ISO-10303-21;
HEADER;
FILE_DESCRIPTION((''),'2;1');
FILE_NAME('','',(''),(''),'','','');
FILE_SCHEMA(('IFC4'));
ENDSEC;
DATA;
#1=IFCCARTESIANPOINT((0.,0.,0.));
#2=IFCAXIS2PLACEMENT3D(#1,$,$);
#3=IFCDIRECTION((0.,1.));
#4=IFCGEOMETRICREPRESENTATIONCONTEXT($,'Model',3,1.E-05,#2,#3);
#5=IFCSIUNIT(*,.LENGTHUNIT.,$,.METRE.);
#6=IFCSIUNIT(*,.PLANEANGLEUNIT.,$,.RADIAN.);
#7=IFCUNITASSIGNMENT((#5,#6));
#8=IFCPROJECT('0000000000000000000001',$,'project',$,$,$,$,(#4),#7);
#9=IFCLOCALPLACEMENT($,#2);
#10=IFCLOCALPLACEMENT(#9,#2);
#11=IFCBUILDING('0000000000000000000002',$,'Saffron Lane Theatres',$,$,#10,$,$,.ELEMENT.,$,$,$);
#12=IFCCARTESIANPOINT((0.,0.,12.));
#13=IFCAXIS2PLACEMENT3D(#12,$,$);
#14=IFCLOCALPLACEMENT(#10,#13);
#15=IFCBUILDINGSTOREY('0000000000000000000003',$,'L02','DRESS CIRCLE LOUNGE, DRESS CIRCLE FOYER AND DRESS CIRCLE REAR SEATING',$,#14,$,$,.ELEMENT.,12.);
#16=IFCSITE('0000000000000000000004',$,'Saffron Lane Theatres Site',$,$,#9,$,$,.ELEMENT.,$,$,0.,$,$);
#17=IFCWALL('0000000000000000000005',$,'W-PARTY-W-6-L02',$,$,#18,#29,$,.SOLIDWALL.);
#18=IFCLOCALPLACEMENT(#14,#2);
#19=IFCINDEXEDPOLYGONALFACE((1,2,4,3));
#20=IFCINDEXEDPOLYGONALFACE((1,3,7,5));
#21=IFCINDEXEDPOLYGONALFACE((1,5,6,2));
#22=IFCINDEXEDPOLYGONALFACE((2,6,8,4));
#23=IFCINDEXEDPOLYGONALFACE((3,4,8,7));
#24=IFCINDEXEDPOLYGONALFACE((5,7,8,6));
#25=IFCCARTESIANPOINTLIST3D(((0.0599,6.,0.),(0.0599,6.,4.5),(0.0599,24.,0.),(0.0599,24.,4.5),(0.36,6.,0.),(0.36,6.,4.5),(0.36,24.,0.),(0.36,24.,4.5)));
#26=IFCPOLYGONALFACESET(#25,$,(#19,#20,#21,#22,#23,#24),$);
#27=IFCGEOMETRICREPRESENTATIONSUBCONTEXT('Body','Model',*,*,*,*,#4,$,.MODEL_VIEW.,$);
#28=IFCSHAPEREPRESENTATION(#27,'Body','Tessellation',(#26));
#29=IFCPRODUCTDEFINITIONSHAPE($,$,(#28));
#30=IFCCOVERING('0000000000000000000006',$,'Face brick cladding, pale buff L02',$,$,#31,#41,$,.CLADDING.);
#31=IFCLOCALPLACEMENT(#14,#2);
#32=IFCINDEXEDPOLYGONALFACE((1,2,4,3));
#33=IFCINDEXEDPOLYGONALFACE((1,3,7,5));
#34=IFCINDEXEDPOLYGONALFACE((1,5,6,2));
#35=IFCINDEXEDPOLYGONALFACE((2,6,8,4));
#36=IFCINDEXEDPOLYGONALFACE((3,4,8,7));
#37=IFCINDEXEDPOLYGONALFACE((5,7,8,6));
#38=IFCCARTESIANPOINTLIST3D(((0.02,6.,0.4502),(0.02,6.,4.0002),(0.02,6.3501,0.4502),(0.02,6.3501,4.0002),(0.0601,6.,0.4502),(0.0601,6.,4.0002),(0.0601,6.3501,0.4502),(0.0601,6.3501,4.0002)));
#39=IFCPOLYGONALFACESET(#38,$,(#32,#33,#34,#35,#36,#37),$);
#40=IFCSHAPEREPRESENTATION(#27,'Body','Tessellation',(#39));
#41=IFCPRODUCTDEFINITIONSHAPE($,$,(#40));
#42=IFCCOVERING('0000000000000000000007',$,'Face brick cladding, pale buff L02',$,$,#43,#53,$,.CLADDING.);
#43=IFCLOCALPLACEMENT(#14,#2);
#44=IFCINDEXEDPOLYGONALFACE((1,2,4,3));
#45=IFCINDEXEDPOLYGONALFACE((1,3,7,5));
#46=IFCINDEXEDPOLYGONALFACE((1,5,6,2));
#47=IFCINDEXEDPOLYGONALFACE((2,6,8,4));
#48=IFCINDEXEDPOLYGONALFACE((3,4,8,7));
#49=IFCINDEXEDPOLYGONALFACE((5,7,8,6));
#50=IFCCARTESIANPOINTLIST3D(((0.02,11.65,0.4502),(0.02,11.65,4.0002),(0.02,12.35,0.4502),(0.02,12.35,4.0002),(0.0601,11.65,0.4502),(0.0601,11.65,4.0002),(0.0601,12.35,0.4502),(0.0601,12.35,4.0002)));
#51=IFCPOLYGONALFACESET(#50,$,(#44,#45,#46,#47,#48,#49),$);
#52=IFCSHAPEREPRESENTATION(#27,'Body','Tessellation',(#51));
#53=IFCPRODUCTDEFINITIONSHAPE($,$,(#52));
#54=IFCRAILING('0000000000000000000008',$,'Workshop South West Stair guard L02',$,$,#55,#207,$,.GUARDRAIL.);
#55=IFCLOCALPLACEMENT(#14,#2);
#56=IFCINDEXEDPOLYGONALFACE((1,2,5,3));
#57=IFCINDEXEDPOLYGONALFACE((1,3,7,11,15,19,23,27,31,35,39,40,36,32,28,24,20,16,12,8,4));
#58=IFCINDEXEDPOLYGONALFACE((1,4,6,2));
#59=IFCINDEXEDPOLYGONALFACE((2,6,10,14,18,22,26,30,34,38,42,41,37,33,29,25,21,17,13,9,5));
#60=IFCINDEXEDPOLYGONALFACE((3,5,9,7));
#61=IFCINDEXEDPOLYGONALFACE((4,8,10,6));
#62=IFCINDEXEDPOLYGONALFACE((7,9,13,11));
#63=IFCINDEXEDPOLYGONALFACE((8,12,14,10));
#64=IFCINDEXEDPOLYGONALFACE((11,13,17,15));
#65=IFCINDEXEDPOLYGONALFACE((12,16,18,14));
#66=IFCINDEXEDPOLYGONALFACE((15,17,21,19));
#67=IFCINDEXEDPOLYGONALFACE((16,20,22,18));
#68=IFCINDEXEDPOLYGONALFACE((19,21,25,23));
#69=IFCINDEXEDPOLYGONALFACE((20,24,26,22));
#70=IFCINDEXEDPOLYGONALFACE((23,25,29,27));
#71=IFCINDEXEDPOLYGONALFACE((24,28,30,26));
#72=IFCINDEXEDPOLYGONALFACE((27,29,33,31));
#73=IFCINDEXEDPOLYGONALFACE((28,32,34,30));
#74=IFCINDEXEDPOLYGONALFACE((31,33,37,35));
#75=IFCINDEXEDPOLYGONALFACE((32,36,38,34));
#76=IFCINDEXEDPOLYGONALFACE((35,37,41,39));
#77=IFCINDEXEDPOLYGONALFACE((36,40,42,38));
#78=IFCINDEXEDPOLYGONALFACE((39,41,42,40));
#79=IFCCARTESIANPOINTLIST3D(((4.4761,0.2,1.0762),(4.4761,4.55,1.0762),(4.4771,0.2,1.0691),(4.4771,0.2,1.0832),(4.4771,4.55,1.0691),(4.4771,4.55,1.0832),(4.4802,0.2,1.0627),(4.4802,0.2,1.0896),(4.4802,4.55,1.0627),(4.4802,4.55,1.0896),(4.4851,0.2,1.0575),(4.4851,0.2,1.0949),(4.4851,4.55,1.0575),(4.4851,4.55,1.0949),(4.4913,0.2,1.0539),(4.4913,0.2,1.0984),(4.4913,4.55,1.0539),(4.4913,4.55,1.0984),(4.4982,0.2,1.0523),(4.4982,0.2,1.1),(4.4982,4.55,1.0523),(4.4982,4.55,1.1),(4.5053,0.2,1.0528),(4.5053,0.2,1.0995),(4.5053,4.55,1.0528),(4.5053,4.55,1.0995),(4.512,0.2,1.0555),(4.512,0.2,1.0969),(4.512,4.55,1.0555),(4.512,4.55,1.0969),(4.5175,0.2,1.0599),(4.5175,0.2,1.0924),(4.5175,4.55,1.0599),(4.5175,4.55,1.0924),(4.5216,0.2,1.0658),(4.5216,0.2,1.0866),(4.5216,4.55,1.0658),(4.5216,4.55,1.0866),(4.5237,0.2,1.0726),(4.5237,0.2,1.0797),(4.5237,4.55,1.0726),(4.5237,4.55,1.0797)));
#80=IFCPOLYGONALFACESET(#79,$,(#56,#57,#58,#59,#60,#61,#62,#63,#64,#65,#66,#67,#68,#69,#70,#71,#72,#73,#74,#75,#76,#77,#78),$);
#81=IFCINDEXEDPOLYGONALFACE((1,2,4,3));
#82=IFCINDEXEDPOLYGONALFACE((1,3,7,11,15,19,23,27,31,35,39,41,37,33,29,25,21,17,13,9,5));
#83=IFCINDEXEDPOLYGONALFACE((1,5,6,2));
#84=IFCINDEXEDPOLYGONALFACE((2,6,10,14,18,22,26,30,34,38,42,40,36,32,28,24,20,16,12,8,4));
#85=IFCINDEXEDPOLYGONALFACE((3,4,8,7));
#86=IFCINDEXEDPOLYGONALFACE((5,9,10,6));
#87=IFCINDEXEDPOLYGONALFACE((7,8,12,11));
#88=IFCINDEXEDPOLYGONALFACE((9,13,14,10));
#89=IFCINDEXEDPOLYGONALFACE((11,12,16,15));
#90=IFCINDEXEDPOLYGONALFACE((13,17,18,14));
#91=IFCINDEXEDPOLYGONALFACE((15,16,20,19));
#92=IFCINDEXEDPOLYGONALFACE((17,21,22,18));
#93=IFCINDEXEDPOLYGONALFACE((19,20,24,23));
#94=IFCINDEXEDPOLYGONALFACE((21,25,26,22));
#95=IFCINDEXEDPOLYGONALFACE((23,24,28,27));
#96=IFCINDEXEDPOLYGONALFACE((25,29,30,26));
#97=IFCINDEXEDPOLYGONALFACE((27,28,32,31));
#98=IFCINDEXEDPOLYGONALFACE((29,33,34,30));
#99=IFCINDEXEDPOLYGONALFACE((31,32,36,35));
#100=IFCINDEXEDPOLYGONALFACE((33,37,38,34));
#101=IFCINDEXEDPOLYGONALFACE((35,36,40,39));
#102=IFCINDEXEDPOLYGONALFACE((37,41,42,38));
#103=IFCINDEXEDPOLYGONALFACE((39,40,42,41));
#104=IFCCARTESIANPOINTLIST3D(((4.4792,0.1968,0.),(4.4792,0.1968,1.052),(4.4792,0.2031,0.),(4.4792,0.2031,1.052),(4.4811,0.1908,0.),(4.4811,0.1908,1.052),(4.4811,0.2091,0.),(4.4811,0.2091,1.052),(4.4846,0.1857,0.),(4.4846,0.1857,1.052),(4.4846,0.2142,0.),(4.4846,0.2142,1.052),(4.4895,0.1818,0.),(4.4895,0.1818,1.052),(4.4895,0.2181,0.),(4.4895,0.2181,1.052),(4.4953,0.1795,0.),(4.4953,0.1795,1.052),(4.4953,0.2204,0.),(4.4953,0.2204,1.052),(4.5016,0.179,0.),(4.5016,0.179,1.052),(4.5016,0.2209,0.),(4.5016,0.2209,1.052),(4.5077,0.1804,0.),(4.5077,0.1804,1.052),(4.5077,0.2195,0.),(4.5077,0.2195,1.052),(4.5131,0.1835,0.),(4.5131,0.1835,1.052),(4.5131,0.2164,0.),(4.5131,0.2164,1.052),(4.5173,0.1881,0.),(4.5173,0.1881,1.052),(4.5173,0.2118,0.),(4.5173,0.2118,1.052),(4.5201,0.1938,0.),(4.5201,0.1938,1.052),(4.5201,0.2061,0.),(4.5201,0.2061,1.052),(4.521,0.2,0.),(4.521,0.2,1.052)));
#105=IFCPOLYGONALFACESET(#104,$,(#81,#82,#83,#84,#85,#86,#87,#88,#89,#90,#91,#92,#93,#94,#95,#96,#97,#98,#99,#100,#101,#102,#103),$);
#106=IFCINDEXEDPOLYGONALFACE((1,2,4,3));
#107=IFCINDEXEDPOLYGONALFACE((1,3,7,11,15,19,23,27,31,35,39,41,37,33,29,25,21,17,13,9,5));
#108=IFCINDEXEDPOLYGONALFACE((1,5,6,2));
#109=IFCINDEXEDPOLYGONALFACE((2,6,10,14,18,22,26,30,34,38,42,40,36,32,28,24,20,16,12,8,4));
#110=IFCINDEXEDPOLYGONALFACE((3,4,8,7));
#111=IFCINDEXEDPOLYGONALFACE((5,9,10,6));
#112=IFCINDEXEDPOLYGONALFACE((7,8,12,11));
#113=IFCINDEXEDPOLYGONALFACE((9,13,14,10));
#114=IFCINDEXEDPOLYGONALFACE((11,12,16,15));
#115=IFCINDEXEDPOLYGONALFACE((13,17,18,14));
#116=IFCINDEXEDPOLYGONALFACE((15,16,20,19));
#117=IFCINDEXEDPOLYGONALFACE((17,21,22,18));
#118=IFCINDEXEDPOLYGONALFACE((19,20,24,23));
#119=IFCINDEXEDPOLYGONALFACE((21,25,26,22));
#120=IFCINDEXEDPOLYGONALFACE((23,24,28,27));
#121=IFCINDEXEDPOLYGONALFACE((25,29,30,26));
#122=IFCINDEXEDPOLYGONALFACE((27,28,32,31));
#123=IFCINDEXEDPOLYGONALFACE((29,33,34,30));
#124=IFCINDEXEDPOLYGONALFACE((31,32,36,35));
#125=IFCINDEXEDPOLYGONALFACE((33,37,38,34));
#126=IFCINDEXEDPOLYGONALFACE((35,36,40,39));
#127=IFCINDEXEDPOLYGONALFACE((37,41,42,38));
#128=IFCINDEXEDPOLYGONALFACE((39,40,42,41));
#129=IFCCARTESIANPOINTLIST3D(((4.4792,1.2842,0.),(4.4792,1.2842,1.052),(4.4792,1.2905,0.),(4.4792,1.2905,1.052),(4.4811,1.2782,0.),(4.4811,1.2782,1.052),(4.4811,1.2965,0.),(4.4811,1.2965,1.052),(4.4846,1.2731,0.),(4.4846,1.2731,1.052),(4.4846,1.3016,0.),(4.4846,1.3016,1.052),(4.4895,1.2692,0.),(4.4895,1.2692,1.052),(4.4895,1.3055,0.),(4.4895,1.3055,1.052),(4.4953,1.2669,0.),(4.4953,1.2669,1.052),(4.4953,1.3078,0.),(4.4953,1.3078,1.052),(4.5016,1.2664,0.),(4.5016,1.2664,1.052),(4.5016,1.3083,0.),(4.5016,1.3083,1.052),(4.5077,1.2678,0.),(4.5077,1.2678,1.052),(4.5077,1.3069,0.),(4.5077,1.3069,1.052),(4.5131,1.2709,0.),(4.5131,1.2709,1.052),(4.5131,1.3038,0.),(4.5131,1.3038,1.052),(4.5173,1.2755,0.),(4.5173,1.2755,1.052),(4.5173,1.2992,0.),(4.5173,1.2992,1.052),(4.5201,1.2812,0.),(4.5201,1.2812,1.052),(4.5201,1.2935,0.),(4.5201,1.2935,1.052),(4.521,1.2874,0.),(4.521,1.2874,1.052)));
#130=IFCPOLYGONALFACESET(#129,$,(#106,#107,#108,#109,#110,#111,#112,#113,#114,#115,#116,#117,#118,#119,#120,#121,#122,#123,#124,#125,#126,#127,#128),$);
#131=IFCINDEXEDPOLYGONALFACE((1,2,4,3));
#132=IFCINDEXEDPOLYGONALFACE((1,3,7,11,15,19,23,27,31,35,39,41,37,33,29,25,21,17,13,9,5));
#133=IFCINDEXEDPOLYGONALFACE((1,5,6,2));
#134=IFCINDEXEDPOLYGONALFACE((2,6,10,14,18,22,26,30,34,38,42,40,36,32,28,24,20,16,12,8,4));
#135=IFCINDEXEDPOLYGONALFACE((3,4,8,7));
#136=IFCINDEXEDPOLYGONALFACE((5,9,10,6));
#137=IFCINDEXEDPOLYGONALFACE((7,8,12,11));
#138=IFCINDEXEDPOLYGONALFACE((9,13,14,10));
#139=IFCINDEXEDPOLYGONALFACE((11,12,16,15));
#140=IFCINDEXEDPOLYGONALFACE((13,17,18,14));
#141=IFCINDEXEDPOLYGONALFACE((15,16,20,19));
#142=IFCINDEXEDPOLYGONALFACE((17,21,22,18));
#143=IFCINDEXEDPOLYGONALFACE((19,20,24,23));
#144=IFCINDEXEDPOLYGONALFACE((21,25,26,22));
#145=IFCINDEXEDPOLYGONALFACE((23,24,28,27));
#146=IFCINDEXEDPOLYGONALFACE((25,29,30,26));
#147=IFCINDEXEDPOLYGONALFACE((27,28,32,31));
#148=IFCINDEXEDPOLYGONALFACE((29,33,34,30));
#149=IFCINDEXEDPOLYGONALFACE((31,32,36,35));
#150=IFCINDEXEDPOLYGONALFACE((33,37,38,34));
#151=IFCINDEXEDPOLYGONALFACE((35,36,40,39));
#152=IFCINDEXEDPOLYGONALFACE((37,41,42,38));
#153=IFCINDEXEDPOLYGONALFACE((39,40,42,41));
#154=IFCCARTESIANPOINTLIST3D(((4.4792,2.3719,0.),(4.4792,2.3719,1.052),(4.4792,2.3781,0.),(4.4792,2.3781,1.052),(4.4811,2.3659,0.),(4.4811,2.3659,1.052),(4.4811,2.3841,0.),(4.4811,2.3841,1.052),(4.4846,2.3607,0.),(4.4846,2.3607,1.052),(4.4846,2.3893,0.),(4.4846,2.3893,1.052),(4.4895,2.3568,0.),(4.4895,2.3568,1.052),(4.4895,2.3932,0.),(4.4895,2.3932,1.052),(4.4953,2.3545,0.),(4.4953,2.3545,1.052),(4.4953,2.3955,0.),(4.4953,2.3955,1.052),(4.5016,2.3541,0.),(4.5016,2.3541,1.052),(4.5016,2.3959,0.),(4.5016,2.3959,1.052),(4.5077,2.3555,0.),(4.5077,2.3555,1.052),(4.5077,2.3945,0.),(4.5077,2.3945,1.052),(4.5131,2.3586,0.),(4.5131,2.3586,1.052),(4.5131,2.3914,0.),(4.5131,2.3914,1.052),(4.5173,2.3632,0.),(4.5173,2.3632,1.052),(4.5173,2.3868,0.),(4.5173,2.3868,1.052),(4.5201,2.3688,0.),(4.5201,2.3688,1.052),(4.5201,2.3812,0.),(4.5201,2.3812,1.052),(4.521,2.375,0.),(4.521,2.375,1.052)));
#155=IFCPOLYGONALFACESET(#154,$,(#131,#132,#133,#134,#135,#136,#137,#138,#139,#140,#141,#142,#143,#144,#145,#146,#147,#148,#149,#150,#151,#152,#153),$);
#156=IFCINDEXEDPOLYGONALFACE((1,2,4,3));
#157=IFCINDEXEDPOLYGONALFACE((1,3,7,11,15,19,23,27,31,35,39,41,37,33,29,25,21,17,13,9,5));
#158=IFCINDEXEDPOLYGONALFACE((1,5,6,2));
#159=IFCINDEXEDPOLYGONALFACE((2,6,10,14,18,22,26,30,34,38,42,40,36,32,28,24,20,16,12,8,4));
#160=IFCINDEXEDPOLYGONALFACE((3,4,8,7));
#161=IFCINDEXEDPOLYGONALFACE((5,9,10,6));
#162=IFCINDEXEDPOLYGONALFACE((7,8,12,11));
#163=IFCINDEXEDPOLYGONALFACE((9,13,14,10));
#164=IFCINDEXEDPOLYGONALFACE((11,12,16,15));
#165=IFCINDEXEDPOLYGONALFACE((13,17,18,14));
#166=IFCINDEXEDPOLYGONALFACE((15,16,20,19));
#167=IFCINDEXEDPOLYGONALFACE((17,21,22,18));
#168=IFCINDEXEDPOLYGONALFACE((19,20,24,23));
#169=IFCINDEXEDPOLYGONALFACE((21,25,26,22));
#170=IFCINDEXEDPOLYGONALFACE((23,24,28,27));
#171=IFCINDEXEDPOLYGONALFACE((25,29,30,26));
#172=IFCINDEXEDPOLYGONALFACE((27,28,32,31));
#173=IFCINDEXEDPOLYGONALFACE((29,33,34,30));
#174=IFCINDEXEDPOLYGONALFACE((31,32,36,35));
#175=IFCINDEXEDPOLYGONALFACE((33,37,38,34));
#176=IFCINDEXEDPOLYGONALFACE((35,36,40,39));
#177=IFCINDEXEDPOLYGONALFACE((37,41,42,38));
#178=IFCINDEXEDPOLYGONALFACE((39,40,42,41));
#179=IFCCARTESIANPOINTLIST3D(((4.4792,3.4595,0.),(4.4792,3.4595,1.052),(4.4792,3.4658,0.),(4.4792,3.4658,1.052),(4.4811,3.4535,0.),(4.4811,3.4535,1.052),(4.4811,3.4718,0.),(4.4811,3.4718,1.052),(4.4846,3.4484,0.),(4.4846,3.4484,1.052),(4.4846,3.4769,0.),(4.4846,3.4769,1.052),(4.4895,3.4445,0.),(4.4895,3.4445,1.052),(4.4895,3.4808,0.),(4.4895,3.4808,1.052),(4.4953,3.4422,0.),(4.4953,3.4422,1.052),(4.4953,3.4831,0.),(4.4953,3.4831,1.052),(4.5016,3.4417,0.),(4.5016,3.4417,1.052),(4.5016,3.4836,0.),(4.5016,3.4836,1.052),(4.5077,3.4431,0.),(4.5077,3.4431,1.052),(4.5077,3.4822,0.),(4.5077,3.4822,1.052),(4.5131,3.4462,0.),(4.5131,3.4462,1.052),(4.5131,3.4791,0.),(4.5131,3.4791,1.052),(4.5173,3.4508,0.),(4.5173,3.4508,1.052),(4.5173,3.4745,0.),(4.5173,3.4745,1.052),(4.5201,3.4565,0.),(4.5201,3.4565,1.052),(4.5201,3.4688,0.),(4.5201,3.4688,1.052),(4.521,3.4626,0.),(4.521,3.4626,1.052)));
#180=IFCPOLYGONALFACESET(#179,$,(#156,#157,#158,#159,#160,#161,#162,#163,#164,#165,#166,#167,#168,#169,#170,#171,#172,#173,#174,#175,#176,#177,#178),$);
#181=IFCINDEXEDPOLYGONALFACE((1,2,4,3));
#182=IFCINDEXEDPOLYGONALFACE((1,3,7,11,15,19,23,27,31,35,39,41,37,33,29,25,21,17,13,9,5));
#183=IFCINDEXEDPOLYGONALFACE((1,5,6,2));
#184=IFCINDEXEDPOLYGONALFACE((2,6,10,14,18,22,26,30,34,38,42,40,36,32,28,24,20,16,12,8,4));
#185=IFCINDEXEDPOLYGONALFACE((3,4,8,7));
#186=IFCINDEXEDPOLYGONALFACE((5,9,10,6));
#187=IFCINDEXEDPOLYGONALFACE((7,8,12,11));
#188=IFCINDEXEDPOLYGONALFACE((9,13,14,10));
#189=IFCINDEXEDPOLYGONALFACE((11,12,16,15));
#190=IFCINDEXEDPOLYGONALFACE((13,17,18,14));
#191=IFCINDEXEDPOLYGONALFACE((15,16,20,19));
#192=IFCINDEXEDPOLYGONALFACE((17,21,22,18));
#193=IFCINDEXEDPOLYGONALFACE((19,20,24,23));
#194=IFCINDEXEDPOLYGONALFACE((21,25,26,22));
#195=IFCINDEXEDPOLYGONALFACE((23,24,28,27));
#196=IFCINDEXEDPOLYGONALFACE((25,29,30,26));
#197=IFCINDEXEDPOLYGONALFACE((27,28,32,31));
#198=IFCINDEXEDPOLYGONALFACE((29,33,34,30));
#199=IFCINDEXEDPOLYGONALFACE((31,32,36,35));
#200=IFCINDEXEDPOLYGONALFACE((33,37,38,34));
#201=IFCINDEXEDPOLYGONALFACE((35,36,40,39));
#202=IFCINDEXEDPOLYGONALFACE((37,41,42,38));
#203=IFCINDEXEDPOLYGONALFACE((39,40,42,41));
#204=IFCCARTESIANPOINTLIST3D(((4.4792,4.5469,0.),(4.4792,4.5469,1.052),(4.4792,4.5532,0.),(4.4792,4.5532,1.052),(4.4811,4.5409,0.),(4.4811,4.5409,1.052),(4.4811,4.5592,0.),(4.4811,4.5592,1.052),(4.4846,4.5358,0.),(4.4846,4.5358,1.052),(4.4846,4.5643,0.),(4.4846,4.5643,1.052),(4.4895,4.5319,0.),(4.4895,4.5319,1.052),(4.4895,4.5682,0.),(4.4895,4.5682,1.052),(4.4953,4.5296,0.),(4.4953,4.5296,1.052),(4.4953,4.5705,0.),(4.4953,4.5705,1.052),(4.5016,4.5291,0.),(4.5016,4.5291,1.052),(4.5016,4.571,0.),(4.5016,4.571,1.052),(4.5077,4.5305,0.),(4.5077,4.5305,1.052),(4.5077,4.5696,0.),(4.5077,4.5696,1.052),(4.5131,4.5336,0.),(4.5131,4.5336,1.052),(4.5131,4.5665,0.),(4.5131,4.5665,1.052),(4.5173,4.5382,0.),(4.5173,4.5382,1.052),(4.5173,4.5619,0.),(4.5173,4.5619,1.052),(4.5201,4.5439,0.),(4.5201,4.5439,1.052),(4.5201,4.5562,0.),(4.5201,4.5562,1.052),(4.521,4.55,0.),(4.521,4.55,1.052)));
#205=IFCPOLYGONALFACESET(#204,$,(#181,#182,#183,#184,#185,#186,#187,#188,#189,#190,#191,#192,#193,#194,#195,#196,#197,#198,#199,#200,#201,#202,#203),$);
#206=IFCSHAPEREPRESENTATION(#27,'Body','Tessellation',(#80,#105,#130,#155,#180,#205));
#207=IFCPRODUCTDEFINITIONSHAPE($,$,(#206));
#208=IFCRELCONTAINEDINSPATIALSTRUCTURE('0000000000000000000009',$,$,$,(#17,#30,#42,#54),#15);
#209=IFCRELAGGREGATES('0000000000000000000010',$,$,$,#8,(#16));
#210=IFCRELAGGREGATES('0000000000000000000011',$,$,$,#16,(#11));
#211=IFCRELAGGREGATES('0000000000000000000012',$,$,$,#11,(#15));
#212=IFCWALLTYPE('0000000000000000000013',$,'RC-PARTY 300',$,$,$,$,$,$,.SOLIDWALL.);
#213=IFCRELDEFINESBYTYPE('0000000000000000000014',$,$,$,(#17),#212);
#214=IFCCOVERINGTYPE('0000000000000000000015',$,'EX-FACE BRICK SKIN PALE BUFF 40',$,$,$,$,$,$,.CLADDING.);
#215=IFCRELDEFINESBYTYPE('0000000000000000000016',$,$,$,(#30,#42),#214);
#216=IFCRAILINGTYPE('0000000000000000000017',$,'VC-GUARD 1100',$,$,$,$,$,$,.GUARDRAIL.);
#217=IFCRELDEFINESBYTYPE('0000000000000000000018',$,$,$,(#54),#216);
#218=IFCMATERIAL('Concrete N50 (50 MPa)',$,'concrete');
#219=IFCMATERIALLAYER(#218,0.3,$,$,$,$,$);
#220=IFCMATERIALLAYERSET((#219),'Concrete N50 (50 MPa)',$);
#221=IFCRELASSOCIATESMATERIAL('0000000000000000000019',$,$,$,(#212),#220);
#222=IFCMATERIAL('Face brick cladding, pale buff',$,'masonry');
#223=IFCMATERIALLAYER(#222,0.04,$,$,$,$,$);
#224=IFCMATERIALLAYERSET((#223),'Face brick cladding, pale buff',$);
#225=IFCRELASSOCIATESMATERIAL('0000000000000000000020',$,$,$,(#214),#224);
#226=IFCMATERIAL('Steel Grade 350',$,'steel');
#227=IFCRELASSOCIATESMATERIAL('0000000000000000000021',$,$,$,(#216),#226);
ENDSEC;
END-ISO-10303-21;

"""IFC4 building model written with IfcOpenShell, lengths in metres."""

from ifc_helpers import new_model, si_unit, direction, frame, frame_2d, origin, origin_2d, place, context, subcontext, project, spatial, rectangle, circle, extrude, material, layer, layer_set, type_object, element, save


model = new_model("IFC4")

# Units and contexts
model_context = context("Model", 3, precision=1e-05, world=origin(), true_north=direction((0.0, 1.0)))
body_context = subcontext(model_context, "Body", "Model", "MODEL_VIEW")
ifc_project = project(units=[si_unit("LENGTHUNIT", "METRE"), si_unit("PLANEANGLEUNIT", "RADIAN")], contexts=[model_context])

# Site, building, storey
site_placement = place(None, origin())
site = spatial("IfcSite", under=ifc_project, at=site_placement, Name="Saffron Lane Theatres Site", CompositionType="ELEMENT", RefElevation=0.0)
building_placement = place(site_placement, origin())
building = spatial("IfcBuilding", under=site, at=building_placement, Name="Saffron Lane Theatres", CompositionType="ELEMENT")
storey_placement = place(building_placement, frame((0.0, 0.0, 12.0)))
storey = spatial("IfcBuildingStorey", under=building, at=storey_placement, Name="L02", Description="DRESS CIRCLE LOUNGE, DRESS CIRCLE FOYER AND DRESS CIRCLE REAR SEATING", CompositionType="ELEMENT", Elevation=12.0)

# Wall
ifc_material_1 = material(Name="Concrete N50 (50 MPa)", Category="concrete")
ifc_layer_1 = layer(ifc_material_1, 0.3)
ifc_layer_set_1 = layer_set([ifc_layer_1], Name="Concrete N50 (50 MPa)")
wall_type_1 = type_object("IfcWallType", Name="RC-PARTY 300", PredefinedType="SOLIDWALL", material=ifc_layer_set_1)
wall_1_placement = place(storey_placement, frame((0.21, 6.0, 0.0), z_axis=(0.0, 0.0, 1.0), x_axis=(0.0, 1.0, 0.0)))
element("IfcWall", 1, at=wall_1_placement, inside=storey, type_object=wall_type_1, Name="W-PARTY-W-6-L02", PredefinedType="SOLIDWALL", context=body_context, shape_type="SweptSolid", body=[
    extrude(rectangle(XDim=18.0, YDim=0.3, at=frame_2d((9.0, 0.0))), origin(), (0.0, 0.0, 1.0), 4.5),
])

# Coverings
ifc_material_2 = material(Name="Face brick cladding, pale buff", Category="masonry")
ifc_layer_2 = layer(ifc_material_2, 0.04)
ifc_layer_set_2 = layer_set([ifc_layer_2], Name="Face brick cladding, pale buff")
covering_type_1 = type_object("IfcCoveringType", Name="EX-FACE BRICK SKIN PALE BUFF 40", PredefinedType="CLADDING", material=ifc_layer_set_2)
covering_1_placement = place(storey_placement, frame((0.04, 6.175, 0.4502), z_axis=(0.0, 0.0, 1.0), x_axis=(0.0, 1.0, 0.0)))
element("IfcCovering", 2, at=covering_1_placement, inside=storey, type_object=covering_type_1, Name="Face brick cladding, pale buff L02", PredefinedType="CLADDING", context=body_context, shape_type="SweptSolid", body=[
    extrude(rectangle(XDim=0.3501, YDim=0.04, at=origin_2d()), origin(), (0.0, 0.0, 1.0), 3.55),
])
covering_2_placement = place(storey_placement, frame((0.04, 12.0, 0.4502), z_axis=(0.0, 0.0, 1.0), x_axis=(0.0, 1.0, 0.0)))
element("IfcCovering", 3, at=covering_2_placement, inside=storey, type_object=covering_type_1, Name="Face brick cladding, pale buff L02", PredefinedType="CLADDING", context=body_context, shape_type="SweptSolid", body=[
    extrude(rectangle(XDim=0.7, YDim=0.04, at=origin_2d()), origin(), (0.0, 0.0, 1.0), 3.55),
])

# Railing
ifc_material_3 = material(Name="Steel Grade 350", Category="steel")
railing_type = type_object("IfcRailingType", Name="VC-GUARD 1100", PredefinedType="GUARDRAIL", material=ifc_material_3)
railing_placement = place(storey_placement, frame((4.5, 0.2, 0.0)))
element("IfcRailing", 4, at=railing_placement, inside=storey, type_object=railing_type, Name="Workshop South West Stair guard L02", PredefinedType="GUARDRAIL", context=body_context, shape_type="SweptSolid", body=[
    extrude(circle(Radius=0.0239, at=origin_2d()), frame((0.0, 0.0, 1.0762), z_axis=(0.0, 1.0, 0.0), x_axis=(-1.0, 0.0, 0.0)), (0.0, 0.0, 1.0), 4.3501),
    extrude(circle(Radius=0.021, at=origin_2d()), origin(), (0.0, 0.0, 1.0), 1.052),
    extrude(circle(Radius=0.021, at=origin_2d()), frame((0.0, 1.0874, 0.0)), (0.0, 0.0, 1.0), 1.052),
    extrude(circle(Radius=0.021, at=origin_2d()), frame((0.0, 2.175, 0.0)), (0.0, 0.0, 1.0), 1.052),
    extrude(circle(Radius=0.021, at=origin_2d()), frame((0.0, 3.2627, 0.0)), (0.0, 0.0, 1.0), 1.052),
    extrude(circle(Radius=0.021, at=origin_2d()), frame((0.0, 4.3501, 0.0)), (0.0, 0.0, 1.0), 1.052),
])

save(model, "model.ifc")
